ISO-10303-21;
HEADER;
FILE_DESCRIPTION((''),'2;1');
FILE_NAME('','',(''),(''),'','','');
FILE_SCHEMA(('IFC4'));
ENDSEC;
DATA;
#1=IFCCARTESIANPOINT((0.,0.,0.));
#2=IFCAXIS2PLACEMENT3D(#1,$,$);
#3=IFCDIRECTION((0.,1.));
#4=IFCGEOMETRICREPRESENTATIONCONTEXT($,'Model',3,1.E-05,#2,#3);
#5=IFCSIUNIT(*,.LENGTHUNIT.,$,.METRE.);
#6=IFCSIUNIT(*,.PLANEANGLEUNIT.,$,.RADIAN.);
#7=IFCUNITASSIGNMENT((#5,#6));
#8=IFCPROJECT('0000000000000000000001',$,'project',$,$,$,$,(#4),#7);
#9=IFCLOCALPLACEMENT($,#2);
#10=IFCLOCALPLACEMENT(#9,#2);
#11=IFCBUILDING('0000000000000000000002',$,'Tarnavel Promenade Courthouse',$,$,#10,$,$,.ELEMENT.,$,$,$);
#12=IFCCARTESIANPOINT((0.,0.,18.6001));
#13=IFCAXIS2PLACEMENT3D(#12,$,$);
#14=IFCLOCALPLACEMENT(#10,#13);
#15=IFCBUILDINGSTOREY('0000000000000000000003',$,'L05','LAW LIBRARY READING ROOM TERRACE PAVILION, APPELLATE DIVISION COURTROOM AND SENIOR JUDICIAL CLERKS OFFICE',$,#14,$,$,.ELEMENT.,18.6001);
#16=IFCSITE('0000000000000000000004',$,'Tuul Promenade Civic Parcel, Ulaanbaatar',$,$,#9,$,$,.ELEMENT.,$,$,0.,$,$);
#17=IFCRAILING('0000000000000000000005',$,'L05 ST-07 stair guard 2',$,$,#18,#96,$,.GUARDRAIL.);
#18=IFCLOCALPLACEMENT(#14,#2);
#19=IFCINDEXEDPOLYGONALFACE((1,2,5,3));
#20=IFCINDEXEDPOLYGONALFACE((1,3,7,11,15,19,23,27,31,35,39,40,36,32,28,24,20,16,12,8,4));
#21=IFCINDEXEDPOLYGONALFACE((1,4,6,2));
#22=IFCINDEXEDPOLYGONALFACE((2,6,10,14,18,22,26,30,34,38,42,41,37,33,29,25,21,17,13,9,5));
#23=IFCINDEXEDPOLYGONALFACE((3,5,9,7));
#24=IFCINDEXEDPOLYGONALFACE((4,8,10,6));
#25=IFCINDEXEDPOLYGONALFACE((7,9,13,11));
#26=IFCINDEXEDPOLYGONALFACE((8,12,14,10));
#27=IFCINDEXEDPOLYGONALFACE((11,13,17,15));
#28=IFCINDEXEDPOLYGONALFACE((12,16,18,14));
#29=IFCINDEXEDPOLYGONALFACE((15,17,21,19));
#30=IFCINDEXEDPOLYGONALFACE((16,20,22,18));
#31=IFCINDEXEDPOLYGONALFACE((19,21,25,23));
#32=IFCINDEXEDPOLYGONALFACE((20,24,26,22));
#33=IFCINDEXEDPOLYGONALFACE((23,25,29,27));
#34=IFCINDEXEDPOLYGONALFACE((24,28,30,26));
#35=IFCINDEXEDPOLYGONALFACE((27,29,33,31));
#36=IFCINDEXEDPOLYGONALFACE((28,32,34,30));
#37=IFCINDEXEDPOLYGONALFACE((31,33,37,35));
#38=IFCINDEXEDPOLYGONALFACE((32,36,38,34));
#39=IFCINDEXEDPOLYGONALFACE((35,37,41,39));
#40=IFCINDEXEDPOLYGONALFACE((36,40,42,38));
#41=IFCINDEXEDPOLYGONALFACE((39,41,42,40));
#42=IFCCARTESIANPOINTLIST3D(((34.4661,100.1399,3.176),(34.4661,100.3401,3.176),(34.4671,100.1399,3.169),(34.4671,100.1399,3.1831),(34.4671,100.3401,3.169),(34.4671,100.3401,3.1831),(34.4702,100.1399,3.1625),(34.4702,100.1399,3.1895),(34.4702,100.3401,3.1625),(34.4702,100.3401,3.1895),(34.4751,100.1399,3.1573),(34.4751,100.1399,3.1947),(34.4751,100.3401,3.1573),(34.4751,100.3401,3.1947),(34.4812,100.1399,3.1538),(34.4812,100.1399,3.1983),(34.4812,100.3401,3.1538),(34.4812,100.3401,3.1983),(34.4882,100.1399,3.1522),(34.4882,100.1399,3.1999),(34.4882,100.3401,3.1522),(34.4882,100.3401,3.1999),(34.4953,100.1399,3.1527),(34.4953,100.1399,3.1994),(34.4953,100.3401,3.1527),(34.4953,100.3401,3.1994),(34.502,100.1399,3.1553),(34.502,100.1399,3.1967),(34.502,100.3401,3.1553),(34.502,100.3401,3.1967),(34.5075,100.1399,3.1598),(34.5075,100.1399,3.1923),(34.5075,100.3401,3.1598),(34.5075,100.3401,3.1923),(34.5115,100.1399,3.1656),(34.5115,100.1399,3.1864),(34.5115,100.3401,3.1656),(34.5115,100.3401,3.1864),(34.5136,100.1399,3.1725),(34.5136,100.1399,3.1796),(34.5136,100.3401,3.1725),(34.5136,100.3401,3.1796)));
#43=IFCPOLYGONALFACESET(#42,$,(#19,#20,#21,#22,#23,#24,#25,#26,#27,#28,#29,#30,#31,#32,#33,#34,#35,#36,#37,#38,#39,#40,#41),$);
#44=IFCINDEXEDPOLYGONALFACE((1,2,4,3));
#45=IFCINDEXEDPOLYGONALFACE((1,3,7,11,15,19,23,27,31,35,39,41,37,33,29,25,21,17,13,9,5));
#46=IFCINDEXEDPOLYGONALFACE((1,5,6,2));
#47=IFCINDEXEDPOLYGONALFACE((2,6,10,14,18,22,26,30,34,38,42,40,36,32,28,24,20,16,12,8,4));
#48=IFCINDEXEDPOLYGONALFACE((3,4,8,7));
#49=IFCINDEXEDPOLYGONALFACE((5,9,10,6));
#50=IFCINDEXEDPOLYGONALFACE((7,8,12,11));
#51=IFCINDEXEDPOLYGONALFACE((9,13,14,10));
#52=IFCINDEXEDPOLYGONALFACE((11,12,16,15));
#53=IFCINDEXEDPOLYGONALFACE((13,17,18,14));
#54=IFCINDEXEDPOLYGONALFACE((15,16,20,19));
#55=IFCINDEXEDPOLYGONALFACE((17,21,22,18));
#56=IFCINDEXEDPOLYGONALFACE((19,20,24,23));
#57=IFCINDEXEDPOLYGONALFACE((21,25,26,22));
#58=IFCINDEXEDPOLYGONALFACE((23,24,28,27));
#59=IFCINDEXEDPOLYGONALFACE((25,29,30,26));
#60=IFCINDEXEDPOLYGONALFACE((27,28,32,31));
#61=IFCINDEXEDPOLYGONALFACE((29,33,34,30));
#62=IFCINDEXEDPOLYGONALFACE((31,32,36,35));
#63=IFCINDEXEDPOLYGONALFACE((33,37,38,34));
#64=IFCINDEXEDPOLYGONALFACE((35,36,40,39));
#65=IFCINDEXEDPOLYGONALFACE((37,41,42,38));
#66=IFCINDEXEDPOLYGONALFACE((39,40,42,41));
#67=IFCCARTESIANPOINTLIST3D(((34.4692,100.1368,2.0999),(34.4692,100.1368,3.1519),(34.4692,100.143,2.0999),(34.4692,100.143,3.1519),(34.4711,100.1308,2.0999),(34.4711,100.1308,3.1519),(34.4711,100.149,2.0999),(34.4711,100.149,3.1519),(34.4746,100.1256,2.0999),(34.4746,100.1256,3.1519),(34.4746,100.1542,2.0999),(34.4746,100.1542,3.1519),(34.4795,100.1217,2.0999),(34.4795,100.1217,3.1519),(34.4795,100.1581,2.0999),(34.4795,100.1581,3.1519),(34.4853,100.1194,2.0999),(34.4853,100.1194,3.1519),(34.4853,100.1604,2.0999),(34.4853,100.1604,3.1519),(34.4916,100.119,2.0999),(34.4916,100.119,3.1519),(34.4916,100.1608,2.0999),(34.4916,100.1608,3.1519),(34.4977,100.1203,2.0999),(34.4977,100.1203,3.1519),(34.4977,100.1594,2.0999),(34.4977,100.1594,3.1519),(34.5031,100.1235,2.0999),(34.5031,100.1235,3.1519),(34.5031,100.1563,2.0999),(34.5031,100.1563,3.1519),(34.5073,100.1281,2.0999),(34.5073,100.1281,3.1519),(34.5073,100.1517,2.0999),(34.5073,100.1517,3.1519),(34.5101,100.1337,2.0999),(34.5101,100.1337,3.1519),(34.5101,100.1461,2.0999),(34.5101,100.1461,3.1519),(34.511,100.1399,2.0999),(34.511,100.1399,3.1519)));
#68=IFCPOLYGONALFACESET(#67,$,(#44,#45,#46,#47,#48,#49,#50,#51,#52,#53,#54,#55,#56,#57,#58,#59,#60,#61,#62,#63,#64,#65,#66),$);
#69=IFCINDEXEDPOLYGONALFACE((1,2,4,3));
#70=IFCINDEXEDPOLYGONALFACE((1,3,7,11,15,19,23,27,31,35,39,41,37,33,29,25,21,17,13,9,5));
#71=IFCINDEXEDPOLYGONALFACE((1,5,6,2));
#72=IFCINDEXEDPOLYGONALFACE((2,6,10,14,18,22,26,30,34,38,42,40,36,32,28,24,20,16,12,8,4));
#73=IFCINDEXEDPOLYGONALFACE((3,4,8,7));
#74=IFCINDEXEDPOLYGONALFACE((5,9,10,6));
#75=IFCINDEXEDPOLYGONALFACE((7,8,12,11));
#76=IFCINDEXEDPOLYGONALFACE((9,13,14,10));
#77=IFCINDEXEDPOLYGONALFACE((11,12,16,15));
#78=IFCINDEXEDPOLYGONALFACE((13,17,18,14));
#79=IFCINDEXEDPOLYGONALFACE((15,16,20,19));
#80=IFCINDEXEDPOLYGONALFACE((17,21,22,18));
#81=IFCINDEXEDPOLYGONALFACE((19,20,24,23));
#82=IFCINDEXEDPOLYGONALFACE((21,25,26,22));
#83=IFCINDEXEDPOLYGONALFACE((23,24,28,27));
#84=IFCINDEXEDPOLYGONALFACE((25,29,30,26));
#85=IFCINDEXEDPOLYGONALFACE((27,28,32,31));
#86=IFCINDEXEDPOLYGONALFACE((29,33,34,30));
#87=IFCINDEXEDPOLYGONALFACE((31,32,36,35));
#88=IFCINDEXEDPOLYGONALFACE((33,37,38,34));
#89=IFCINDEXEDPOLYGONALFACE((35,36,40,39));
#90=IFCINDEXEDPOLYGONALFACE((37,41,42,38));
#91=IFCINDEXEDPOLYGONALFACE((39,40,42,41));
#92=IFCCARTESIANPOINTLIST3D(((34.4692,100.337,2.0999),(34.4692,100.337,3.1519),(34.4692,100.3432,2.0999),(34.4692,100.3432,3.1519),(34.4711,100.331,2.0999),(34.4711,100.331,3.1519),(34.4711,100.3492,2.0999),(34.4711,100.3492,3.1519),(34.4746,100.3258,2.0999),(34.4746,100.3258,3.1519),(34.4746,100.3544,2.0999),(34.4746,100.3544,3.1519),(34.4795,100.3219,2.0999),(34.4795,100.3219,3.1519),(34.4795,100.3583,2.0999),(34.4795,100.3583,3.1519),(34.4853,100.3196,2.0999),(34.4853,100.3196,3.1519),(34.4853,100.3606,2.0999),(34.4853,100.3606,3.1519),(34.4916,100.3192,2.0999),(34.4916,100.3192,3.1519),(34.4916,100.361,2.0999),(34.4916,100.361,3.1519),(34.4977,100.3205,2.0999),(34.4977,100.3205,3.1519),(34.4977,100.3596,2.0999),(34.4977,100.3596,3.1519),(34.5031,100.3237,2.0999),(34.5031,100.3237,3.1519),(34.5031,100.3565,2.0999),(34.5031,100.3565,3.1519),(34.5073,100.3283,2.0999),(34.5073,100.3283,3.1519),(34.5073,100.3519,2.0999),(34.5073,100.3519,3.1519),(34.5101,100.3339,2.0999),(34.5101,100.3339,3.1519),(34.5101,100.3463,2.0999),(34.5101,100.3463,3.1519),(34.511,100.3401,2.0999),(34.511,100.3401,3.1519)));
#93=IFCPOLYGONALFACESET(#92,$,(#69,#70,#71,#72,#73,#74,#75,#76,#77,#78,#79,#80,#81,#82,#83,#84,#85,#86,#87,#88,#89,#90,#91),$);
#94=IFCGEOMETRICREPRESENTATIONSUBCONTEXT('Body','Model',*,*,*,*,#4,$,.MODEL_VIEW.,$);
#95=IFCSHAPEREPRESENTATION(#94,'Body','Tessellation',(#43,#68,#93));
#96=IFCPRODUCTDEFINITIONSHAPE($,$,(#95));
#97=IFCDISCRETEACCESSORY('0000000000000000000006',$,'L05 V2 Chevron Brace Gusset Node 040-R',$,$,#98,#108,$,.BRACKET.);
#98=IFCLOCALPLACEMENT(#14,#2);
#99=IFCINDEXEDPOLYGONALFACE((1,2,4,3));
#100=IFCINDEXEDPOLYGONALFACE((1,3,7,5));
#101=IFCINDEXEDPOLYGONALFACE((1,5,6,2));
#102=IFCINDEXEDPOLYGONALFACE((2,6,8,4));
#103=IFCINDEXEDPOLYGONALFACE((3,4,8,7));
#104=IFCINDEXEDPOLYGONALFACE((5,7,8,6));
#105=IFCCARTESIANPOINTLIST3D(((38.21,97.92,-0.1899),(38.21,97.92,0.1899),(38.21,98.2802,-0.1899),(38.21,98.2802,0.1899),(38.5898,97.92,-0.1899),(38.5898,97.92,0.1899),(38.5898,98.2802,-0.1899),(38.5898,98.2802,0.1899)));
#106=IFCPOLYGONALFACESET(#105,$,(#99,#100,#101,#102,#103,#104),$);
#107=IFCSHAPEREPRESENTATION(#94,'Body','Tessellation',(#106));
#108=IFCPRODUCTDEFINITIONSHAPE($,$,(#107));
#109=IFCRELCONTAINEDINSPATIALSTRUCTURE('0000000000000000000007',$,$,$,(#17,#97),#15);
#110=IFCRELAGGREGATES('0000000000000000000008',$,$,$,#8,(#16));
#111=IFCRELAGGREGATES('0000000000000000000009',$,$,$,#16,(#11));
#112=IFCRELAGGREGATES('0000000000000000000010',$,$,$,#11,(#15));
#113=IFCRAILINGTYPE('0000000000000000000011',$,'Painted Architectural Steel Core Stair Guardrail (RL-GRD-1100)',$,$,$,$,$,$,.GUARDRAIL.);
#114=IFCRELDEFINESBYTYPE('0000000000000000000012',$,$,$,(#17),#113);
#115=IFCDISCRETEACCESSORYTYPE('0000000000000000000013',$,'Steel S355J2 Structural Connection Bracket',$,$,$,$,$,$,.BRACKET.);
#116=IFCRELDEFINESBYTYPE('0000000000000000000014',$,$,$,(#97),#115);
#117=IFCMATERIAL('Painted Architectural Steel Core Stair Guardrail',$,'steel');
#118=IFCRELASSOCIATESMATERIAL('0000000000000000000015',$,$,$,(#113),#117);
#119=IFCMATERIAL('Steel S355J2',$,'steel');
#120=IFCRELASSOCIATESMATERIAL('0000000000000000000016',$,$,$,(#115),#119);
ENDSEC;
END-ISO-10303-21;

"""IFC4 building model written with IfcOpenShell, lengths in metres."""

from ifc_helpers import new_model, si_unit, direction, frame, origin, origin_2d, place, context, subcontext, project, spatial, rectangle, circle, extrude, material, type_object, element, save


model = new_model("IFC4")

# Units and contexts
model_context = context("Model", 3, precision=1e-05, world=origin(), true_north=direction((0.0, 1.0)))
body_context = subcontext(model_context, "Body", "Model", "MODEL_VIEW")
ifc_project = project(units=[si_unit("LENGTHUNIT", "METRE"), si_unit("PLANEANGLEUNIT", "RADIAN")], contexts=[model_context])

# Site, building, storey
site_placement = place(None, origin())
site = spatial("IfcSite", under=ifc_project, at=site_placement, Name="Tuul Promenade Civic Parcel, Ulaanbaatar", CompositionType="ELEMENT", RefElevation=0.0)
building_placement = place(site_placement, origin())
building = spatial("IfcBuilding", under=site, at=building_placement, Name="Tarnavel Promenade Courthouse", CompositionType="ELEMENT")
storey_placement = place(building_placement, frame((0.0, 0.0, 18.6001)))
storey = spatial("IfcBuildingStorey", under=building, at=storey_placement, Name="L05", Description="LAW LIBRARY READING ROOM TERRACE PAVILION, APPELLATE DIVISION COURTROOM AND SENIOR JUDICIAL CLERKS OFFICE", CompositionType="ELEMENT", Elevation=18.6001)

# Shared definitions
ifc_material_1 = material(Name="Steel S355J2", Category="steel")

# Railing
ifc_material_2 = material(Name="Painted Architectural Steel Core Stair Guardrail", Category="steel")
railing_type_1 = type_object("IfcRailingType", Name="Painted Architectural Steel Core Stair Guardrail (RL-GRD-1100)", PredefinedType="GUARDRAIL", material=ifc_material_2)
railing_1_placement = place(storey_placement, frame((34.49, 100.1399, 2.0999)))
element("IfcRailing", 1, at=railing_1_placement, inside=storey, type_object=railing_type_1, Name="L05 ST-07 stair guard 2", PredefinedType="GUARDRAIL", context=body_context, shape_type="SweptSolid", body=[
    extrude(circle(Radius=0.0239, at=origin_2d()), frame((0.0, 0.0, 1.0762), z_axis=(0.0, 1.0, 0.0), x_axis=(-1.0, 0.0, 0.0)), (0.0, 0.0, 1.0), 0.2002),
    extrude(circle(Radius=0.021, at=origin_2d()), origin(), (0.0, 0.0, 1.0), 1.052),
    extrude(circle(Radius=0.021, at=origin_2d()), frame((0.0, 0.2002, 0.0)), (0.0, 0.0, 1.0), 1.052),
])

# Discrete accessory
discrete_accessory_type = type_object("IfcDiscreteAccessoryType", Name="Steel S355J2 Structural Connection Bracket", PredefinedType="BRACKET", material=ifc_material_1)
discrete_accessory_placement = place(storey_placement, frame((38.3999, 98.1001, -0.1899), z_axis=(0.0, 0.0, 1.0), x_axis=(1.0, 0.0, 0.0)))
element("IfcDiscreteAccessory", 2, at=discrete_accessory_placement, inside=storey, type_object=discrete_accessory_type, Name="L05 V2 Chevron Brace Gusset Node 040-R", PredefinedType="BRACKET", context=body_context, shape_type="SweptSolid", body=[
    extrude(rectangle(XDim=0.3799, YDim=0.3601, at=origin_2d()), origin(), (0.0, 0.0, 1.0), 0.3799),
])

save(model, "model.ifc")
